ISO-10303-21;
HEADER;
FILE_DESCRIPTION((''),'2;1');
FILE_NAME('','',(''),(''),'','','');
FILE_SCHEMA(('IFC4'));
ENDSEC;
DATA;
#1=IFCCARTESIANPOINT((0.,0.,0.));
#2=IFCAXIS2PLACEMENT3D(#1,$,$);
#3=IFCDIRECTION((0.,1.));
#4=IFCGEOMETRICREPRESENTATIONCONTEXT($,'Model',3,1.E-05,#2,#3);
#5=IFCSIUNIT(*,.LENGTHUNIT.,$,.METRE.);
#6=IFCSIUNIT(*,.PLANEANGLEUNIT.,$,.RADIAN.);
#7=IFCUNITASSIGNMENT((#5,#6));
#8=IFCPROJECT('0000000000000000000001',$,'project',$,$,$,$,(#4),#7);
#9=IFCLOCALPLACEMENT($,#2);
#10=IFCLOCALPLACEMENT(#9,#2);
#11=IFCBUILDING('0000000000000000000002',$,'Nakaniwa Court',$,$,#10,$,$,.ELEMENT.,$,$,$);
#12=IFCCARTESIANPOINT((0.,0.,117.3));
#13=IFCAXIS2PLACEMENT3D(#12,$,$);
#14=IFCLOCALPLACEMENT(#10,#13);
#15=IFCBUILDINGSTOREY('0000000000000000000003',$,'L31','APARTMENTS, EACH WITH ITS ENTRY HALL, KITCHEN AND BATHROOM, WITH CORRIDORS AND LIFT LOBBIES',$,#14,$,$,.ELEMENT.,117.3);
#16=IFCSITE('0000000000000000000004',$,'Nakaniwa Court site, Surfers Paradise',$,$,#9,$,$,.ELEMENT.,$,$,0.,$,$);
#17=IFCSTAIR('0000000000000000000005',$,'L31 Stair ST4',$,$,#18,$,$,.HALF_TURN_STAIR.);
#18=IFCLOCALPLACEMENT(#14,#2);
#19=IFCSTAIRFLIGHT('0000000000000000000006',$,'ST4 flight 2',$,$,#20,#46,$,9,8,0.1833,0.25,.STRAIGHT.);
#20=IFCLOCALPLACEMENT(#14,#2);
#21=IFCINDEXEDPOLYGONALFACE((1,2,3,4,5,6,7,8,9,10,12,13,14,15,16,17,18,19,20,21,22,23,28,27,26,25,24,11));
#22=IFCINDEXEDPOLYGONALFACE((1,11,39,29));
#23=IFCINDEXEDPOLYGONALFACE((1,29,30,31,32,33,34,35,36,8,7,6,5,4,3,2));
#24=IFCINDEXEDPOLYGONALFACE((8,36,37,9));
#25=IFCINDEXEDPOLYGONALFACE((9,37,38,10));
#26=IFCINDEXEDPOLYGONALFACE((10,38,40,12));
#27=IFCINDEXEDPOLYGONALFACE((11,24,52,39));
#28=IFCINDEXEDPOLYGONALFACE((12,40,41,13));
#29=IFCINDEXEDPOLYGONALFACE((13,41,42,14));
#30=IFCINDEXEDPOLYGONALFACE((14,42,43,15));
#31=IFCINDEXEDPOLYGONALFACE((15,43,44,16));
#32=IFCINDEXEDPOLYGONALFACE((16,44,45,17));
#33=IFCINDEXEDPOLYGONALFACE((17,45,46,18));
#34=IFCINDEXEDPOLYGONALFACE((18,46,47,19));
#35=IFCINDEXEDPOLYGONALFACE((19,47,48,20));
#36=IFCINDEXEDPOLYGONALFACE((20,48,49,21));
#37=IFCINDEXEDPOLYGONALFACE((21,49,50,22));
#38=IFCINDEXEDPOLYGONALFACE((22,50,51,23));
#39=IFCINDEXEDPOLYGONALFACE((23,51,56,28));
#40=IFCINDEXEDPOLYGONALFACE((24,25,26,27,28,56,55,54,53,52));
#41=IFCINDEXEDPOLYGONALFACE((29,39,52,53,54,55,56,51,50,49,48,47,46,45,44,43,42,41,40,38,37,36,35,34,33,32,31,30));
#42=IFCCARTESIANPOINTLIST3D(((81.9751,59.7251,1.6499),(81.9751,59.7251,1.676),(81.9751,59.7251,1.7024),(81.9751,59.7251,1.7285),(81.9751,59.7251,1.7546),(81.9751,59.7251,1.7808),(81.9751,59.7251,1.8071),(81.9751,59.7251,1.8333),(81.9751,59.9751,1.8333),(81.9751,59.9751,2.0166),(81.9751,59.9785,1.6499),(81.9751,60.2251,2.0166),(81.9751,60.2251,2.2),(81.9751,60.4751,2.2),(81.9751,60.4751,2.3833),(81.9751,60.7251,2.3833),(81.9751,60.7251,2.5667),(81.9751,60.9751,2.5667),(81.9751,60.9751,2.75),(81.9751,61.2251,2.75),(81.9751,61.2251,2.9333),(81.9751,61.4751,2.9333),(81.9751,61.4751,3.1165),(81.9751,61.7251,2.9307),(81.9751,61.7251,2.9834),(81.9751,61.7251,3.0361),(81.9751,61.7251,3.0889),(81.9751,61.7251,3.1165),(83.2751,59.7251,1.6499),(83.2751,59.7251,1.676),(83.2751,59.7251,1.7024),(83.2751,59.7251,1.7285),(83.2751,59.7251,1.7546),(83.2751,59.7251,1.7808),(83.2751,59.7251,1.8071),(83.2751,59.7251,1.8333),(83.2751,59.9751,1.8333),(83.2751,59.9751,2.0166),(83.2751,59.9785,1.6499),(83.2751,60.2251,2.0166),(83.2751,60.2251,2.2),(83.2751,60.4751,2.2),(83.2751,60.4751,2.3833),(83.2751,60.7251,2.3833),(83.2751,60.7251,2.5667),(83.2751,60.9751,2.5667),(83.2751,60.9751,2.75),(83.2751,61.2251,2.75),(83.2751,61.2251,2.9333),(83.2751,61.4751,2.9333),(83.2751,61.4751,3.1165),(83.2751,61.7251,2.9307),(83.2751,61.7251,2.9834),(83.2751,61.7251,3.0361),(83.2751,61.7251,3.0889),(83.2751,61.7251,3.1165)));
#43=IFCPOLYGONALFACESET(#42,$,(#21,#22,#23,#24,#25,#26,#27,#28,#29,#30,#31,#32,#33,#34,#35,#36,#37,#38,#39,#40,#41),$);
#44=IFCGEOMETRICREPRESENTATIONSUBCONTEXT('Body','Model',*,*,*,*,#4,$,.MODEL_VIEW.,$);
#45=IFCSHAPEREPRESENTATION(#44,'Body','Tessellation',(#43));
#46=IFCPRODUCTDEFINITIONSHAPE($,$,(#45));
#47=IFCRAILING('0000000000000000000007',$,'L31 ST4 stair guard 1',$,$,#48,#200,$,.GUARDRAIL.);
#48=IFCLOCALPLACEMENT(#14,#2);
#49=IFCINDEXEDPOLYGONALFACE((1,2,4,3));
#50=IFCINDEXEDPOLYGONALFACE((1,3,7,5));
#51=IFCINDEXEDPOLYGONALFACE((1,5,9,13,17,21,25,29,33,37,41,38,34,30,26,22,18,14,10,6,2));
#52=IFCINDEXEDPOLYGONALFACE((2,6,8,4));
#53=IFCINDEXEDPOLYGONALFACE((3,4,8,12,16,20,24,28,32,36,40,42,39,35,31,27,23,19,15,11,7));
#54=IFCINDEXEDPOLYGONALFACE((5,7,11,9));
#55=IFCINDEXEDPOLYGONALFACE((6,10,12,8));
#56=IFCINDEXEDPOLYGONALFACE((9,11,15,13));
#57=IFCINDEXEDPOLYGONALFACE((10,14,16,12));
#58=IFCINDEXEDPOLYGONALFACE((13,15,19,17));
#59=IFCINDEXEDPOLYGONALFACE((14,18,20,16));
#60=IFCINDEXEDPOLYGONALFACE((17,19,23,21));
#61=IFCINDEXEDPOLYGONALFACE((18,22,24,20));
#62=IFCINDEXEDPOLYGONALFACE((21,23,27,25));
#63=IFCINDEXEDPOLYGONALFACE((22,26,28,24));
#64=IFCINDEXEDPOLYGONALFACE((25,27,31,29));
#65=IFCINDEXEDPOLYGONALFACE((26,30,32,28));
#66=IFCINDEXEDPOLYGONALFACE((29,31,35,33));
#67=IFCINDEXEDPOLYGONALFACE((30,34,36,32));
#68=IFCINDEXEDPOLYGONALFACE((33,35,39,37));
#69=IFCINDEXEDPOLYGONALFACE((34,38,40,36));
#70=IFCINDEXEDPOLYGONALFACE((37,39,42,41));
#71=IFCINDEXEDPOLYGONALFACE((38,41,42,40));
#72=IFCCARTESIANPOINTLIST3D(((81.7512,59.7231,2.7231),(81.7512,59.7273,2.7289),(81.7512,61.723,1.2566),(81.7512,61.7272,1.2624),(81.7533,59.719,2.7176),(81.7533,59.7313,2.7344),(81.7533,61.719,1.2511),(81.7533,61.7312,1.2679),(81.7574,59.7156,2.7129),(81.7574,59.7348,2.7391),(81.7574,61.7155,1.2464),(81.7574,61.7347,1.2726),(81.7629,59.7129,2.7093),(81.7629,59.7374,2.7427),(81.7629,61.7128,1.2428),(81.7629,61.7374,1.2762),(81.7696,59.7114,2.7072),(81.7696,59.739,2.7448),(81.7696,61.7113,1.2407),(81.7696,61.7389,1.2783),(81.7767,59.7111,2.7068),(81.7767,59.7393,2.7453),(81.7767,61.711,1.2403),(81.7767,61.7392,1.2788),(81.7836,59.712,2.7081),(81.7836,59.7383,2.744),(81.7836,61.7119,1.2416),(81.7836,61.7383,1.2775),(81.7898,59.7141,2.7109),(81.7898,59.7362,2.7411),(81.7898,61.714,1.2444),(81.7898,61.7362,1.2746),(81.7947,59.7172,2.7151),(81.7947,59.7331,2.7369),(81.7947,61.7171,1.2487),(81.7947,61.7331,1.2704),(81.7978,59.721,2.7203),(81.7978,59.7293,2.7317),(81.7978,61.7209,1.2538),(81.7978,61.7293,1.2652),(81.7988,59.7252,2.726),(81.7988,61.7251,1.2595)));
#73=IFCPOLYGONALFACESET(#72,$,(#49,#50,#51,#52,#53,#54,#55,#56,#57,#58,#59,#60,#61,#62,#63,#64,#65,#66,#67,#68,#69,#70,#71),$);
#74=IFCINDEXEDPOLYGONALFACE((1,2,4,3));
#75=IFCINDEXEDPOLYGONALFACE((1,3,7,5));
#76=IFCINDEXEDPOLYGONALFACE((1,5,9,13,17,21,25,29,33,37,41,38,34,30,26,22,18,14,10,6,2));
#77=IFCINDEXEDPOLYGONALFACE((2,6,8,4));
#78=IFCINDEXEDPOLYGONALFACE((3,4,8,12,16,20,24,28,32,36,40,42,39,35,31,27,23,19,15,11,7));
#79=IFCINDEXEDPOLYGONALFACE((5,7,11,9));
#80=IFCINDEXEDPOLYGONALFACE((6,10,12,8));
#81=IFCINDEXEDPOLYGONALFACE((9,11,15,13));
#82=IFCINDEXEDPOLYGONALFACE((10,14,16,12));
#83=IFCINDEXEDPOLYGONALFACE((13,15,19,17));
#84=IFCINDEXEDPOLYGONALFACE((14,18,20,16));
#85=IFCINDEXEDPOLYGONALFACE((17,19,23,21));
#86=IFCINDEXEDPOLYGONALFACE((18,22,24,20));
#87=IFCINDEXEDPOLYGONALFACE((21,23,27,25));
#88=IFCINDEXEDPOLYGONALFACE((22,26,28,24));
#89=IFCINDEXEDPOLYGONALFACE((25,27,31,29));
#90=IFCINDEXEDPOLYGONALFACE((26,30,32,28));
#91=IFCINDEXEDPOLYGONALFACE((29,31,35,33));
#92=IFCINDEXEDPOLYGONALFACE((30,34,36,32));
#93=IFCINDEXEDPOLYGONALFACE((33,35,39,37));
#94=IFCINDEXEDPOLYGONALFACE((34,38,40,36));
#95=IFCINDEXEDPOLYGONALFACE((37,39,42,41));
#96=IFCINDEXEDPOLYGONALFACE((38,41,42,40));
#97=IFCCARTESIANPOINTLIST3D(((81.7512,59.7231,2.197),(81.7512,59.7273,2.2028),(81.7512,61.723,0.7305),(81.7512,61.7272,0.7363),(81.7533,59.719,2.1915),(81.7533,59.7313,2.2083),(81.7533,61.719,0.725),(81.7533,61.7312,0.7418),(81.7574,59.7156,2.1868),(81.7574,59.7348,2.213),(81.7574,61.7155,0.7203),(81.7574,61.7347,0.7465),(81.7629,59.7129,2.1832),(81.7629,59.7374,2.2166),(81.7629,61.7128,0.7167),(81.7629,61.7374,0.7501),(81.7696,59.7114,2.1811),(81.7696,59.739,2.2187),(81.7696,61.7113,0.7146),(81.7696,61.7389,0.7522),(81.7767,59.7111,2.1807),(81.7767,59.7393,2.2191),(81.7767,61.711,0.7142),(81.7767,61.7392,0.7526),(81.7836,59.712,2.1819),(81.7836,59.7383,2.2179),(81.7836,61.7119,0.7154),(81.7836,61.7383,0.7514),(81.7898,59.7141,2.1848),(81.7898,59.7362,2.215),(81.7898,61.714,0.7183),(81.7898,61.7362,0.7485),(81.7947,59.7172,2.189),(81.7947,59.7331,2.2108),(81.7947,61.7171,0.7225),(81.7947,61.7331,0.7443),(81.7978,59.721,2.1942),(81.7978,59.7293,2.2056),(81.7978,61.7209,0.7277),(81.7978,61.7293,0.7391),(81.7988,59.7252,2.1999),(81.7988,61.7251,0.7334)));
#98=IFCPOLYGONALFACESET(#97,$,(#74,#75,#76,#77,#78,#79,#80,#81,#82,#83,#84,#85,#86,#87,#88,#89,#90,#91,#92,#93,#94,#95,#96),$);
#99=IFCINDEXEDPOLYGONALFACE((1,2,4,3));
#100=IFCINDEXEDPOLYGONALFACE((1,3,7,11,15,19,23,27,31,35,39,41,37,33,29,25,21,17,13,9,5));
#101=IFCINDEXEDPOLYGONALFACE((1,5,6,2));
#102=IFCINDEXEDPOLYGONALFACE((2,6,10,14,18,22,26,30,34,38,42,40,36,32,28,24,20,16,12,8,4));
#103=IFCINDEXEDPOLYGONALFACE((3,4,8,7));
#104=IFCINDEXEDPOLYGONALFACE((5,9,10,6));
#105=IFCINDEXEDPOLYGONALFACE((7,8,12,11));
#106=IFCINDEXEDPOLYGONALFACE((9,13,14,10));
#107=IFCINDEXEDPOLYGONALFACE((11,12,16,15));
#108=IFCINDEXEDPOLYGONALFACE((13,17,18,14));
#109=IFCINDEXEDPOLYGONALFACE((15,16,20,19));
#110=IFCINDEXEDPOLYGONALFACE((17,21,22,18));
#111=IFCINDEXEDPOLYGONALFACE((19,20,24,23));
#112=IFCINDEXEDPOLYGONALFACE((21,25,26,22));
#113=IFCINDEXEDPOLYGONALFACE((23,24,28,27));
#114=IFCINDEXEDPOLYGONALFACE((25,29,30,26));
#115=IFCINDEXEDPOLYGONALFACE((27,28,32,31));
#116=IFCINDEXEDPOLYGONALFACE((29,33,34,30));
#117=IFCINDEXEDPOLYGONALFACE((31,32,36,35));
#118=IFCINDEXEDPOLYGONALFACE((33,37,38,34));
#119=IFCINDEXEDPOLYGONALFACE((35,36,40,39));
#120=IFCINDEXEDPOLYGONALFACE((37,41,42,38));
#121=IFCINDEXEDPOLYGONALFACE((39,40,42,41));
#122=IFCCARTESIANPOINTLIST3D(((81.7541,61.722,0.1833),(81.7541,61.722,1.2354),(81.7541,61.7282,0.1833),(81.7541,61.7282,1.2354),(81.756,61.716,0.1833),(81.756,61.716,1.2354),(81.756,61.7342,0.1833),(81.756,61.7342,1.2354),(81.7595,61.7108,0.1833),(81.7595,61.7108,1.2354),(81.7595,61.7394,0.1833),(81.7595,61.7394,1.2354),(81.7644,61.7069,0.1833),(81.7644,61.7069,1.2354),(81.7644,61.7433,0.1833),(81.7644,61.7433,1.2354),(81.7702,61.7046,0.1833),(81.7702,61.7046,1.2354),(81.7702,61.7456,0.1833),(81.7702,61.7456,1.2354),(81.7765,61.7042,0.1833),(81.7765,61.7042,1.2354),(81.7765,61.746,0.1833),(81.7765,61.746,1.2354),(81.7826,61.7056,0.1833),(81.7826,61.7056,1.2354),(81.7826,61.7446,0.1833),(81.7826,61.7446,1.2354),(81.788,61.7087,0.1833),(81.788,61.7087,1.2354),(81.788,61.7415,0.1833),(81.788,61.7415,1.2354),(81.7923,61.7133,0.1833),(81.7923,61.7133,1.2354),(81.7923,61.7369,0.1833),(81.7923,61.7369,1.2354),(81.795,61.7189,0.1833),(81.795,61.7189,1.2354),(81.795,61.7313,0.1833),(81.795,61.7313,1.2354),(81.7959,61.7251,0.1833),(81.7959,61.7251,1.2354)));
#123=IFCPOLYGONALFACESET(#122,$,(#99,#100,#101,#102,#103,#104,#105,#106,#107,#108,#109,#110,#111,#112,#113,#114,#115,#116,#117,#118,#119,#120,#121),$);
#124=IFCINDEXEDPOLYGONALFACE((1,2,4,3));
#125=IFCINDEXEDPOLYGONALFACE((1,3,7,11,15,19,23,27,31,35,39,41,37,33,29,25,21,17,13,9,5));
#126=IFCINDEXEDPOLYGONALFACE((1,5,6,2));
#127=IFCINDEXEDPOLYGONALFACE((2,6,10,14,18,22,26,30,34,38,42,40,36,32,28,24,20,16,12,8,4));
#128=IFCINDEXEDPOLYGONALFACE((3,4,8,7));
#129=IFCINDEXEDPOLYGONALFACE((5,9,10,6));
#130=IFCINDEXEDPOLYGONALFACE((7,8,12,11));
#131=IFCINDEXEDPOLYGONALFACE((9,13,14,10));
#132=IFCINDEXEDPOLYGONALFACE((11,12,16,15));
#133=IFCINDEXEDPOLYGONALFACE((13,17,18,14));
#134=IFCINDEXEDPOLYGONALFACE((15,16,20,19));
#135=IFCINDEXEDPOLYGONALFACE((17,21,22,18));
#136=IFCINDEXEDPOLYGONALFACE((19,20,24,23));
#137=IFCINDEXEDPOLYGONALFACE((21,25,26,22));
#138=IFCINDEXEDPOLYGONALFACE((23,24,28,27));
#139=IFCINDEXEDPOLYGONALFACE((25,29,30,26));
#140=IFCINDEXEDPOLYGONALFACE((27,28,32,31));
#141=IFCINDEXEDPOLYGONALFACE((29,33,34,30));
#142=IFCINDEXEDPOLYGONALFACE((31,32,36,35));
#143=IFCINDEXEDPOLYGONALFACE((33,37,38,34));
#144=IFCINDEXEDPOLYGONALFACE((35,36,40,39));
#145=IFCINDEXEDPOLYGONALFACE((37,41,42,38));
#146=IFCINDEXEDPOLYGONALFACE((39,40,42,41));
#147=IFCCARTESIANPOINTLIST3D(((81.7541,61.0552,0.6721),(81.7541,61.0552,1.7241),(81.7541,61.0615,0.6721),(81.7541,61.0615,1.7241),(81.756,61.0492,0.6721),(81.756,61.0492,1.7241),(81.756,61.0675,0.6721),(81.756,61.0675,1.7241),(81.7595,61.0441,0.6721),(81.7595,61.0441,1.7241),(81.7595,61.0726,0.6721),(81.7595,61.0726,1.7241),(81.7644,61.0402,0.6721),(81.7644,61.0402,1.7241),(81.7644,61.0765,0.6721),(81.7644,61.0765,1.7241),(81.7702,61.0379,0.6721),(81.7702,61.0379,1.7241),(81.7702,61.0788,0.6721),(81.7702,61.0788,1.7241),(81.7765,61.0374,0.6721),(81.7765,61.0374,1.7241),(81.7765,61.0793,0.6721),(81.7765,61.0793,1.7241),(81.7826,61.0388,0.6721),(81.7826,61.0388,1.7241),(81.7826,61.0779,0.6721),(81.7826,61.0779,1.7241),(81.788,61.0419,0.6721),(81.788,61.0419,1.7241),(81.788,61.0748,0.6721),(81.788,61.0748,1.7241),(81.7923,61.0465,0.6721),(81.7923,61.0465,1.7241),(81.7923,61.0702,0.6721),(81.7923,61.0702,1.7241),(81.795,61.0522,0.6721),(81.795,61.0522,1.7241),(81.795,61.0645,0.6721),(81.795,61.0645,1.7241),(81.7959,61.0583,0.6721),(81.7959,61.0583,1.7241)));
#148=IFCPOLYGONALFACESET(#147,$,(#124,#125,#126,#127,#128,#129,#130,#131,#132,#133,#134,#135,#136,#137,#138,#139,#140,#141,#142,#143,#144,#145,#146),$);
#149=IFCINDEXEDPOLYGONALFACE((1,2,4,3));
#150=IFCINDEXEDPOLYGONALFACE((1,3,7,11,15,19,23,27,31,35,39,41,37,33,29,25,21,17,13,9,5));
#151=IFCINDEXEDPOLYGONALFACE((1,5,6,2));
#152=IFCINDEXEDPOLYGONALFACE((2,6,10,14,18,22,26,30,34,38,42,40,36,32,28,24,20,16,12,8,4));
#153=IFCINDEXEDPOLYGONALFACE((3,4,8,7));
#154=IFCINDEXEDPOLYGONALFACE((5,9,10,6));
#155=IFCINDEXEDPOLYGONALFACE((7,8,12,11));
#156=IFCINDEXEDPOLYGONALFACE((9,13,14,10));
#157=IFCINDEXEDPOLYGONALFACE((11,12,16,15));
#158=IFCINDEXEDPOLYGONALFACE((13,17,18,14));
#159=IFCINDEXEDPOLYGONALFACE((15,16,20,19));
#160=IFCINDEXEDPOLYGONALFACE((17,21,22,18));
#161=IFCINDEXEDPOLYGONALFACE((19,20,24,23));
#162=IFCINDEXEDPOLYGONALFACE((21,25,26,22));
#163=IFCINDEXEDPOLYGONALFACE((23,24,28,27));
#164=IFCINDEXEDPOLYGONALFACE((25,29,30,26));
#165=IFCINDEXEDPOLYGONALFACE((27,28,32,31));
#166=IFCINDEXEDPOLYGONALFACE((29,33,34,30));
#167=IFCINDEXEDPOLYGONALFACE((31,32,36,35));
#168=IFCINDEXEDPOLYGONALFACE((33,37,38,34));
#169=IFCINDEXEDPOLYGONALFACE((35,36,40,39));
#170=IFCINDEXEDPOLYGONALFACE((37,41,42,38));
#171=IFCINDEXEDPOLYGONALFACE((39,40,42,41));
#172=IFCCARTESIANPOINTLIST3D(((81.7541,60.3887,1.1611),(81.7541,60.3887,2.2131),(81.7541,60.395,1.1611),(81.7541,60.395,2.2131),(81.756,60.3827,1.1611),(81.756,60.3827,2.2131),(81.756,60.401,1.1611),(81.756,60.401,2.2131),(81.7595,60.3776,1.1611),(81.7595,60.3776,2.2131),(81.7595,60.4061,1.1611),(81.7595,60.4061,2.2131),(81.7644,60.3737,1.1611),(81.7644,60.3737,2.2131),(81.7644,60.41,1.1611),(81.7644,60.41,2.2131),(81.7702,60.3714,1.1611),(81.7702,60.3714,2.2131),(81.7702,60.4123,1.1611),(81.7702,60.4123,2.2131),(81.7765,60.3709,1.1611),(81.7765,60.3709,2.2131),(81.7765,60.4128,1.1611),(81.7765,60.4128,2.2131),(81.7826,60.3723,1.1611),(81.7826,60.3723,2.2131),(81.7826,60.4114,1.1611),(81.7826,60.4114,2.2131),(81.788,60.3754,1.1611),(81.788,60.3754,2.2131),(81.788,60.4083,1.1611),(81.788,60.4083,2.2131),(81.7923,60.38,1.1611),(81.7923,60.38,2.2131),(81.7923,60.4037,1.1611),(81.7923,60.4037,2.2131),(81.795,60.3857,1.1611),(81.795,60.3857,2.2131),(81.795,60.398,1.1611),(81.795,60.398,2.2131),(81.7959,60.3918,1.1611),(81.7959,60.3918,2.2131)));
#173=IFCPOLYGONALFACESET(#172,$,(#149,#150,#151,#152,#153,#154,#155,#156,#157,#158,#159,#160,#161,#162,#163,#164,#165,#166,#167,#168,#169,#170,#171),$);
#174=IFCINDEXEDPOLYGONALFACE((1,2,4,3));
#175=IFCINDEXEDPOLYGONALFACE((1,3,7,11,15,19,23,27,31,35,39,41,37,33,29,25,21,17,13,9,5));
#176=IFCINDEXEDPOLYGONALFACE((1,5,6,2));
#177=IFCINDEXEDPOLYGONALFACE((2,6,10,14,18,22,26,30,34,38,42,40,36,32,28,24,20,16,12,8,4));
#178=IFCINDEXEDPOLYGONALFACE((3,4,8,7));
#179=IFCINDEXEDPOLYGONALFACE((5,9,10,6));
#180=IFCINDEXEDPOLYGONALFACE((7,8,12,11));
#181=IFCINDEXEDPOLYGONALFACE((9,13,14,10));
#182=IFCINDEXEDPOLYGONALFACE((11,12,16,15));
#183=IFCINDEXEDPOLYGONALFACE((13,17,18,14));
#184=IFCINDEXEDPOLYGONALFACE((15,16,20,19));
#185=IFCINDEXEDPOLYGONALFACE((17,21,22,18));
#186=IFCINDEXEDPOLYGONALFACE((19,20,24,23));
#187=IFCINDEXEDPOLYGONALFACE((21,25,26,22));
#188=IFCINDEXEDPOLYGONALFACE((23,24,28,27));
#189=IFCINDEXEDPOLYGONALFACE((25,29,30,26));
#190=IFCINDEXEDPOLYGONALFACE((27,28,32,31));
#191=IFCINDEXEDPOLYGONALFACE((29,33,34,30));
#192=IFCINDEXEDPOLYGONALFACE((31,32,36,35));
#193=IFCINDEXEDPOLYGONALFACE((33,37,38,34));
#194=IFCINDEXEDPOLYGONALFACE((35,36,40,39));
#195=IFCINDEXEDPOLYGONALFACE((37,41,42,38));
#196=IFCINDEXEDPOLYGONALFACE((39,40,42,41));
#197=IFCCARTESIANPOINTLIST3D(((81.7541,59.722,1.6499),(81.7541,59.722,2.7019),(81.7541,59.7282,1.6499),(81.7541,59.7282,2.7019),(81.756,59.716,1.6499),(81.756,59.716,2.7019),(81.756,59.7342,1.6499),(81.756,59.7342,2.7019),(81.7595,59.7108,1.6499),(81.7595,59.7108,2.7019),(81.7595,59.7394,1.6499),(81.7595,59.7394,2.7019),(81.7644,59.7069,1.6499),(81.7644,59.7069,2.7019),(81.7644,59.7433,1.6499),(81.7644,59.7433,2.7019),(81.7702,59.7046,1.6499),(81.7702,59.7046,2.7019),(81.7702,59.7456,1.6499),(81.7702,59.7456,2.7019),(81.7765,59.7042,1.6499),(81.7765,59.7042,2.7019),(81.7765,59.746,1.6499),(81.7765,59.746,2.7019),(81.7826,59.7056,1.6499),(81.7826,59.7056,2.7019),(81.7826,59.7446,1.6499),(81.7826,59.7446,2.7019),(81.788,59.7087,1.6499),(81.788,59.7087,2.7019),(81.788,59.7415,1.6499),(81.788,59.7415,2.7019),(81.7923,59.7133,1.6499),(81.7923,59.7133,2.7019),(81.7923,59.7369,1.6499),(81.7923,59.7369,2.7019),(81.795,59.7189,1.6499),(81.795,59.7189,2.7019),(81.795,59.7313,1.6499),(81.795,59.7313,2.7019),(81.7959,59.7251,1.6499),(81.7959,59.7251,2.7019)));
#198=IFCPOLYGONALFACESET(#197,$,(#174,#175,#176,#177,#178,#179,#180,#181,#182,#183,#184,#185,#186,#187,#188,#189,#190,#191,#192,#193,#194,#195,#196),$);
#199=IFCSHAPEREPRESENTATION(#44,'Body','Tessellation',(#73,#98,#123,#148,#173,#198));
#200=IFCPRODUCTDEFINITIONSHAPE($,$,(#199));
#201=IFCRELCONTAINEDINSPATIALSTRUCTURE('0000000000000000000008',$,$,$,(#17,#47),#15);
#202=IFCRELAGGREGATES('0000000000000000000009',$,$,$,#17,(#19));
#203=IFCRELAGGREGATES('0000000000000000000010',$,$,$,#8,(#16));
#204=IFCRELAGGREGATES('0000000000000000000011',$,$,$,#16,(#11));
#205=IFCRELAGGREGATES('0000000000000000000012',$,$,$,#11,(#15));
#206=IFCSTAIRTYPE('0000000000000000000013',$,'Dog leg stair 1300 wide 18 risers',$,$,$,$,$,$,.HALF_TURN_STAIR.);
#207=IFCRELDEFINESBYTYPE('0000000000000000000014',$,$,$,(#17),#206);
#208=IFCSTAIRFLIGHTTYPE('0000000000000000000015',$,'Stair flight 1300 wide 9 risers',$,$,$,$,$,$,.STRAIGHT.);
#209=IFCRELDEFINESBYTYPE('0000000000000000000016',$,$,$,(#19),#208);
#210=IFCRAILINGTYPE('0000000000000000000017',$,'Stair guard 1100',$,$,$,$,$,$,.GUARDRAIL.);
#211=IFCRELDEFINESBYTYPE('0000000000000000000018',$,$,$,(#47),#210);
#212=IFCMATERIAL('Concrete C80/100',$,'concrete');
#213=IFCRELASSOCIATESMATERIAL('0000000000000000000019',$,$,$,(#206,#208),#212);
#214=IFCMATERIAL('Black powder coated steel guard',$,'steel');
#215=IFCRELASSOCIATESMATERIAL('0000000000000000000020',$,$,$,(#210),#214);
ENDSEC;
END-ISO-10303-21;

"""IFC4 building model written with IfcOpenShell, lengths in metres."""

from ifc_helpers import new_model, si_unit, direction, frame, origin, origin_2d, place, context, subcontext, project, spatial, polyline, circle, outline, extrude, material, type_object, element, aggregate, save


model = new_model("IFC4")

# Units and contexts
model_context = context("Model", 3, precision=1e-05, world=origin(), true_north=direction((0.0, 1.0)))
body_context = subcontext(model_context, "Body", "Model", "MODEL_VIEW")
ifc_project = project(units=[si_unit("LENGTHUNIT", "METRE"), si_unit("PLANEANGLEUNIT", "RADIAN")], contexts=[model_context])

# Site, building, storey
site_placement = place(None, origin())
site = spatial("IfcSite", under=ifc_project, at=site_placement, Name="Nakaniwa Court site, Surfers Paradise", CompositionType="ELEMENT", RefElevation=0.0)
building_placement = place(site_placement, origin())
building = spatial("IfcBuilding", under=site, at=building_placement, Name="Nakaniwa Court", CompositionType="ELEMENT")
storey_placement = place(building_placement, frame((0.0, 0.0, 117.3)))
storey = spatial("IfcBuildingStorey", under=building, at=storey_placement, Name="L31", Description="APARTMENTS, EACH WITH ITS ENTRY HALL, KITCHEN AND BATHROOM, WITH CORRIDORS AND LIFT LOBBIES", CompositionType="ELEMENT", Elevation=117.3)

# Shared definitions
ifc_material_1 = material(Name="Concrete C80/100", Category="concrete")

# Stair, stair flight
stair_type = type_object("IfcStairType", Name="Dog leg stair 1300 wide 18 risers", PredefinedType="HALF_TURN_STAIR", material=ifc_material_1)
stair_placement = place(storey_placement, origin())
stair = element("IfcStair", 1, at=stair_placement, inside=storey, type_object=stair_type, Name="L31 Stair ST4", PredefinedType="HALF_TURN_STAIR")
stair_flight_type = type_object("IfcStairFlightType", Name="Stair flight 1300 wide 9 risers", PredefinedType="STRAIGHT", material=ifc_material_1)
stair_flight_1_placement = place(storey_placement, frame((82.625, 59.7251, 1.6499), z_axis=(0.0, 0.0, 1.0), x_axis=(0.0, 1.0, 0.0)))
stair_flight_1 = element("IfcStairFlight", 2, at=stair_flight_1_placement, type_object=stair_flight_type, Name="ST4 flight 2", NumberOfRisers=9, NumberOfTreads=8, PredefinedType="STRAIGHT", RiserHeight=0.1833, TreadLength=0.25, context=body_context, shape_type="SweptSolid", body=[
    extrude(outline(polyline([(0.0, 0.0), (0.0, 0.0261), (0.0, 0.0525), (0.0, 0.0786), (0.0, 0.1047), (0.0, 0.1309), (0.0, 0.1572), (0.0, 0.1833), (0.25, 0.1833), (0.25, 0.3667), (0.5, 0.3667), (0.5, 0.55), (0.75, 0.55), (0.75, 0.7334), (1.0, 0.7334), (1.0, 0.9167), (1.25, 0.9167), (1.25, 1.1001), (1.5, 1.1001), (1.5, 1.2834), (1.75, 1.2834), (1.75, 1.4666), (2.0, 1.4666), (2.0, 1.6499), (2.0, 1.5972), (2.0, 1.5444), (2.0, 1.4917), (2.0, 1.439), (2.0, 1.3862), (2.0, 1.3335), (2.0, 1.2808), (0.2534, 0.0), (0.0, 0.0)])), frame((0.0, 0.6499, 0.0), z_axis=(0.0, -1.0, 0.0), x_axis=(1.0, 0.0, 0.0)), (0.0, 0.0, 1.0), 1.3),
])
aggregate(stair, [stair_flight_1])

# Railing
ifc_material_2 = material(Name="Black powder coated steel guard", Category="steel")
railing_type_1 = type_object("IfcRailingType", Name="Stair guard 1100", PredefinedType="GUARDRAIL", material=ifc_material_2)
railing_1_placement = place(storey_placement, frame((81.7749, 61.7251, 0.1833)))
element("IfcRailing", 3, at=railing_1_placement, inside=storey, type_object=railing_type_1, Name="L31 ST4 stair guard 1", PredefinedType="GUARDRAIL", context=body_context, shape_type="SweptSolid", body=[
    extrude(circle(Radius=0.0239, at=origin_2d()), frame((0.0, 0.0, 1.0762), z_axis=(0.0, -0.806427, 0.591334), x_axis=(1.0, 0.0, 0.0)), (0.0, 0.0, 1.0), 2.48),
    extrude(circle(Radius=0.0239, at=origin_2d()), frame((0.0, 0.0, 0.55), z_axis=(0.0, -0.806427, 0.591334), x_axis=(1.0, 0.0, 0.0)), (0.0, 0.0, 1.0), 2.48),
    extrude(circle(Radius=0.021, at=origin_2d()), origin(), (0.0, 0.0, 1.0), 1.052),
    extrude(circle(Radius=0.021, at=origin_2d()), frame((0.0, -0.6667, 0.4888)), (0.0, 0.0, 1.0), 1.052),
    extrude(circle(Radius=0.021, at=origin_2d()), frame((0.0, -1.3333, 0.9778)), (0.0, 0.0, 1.0), 1.052),
    extrude(circle(Radius=0.021, at=origin_2d()), frame((0.0, -2.0, 1.4666)), (0.0, 0.0, 1.0), 1.052),
])

save(model, "model.ifc")
